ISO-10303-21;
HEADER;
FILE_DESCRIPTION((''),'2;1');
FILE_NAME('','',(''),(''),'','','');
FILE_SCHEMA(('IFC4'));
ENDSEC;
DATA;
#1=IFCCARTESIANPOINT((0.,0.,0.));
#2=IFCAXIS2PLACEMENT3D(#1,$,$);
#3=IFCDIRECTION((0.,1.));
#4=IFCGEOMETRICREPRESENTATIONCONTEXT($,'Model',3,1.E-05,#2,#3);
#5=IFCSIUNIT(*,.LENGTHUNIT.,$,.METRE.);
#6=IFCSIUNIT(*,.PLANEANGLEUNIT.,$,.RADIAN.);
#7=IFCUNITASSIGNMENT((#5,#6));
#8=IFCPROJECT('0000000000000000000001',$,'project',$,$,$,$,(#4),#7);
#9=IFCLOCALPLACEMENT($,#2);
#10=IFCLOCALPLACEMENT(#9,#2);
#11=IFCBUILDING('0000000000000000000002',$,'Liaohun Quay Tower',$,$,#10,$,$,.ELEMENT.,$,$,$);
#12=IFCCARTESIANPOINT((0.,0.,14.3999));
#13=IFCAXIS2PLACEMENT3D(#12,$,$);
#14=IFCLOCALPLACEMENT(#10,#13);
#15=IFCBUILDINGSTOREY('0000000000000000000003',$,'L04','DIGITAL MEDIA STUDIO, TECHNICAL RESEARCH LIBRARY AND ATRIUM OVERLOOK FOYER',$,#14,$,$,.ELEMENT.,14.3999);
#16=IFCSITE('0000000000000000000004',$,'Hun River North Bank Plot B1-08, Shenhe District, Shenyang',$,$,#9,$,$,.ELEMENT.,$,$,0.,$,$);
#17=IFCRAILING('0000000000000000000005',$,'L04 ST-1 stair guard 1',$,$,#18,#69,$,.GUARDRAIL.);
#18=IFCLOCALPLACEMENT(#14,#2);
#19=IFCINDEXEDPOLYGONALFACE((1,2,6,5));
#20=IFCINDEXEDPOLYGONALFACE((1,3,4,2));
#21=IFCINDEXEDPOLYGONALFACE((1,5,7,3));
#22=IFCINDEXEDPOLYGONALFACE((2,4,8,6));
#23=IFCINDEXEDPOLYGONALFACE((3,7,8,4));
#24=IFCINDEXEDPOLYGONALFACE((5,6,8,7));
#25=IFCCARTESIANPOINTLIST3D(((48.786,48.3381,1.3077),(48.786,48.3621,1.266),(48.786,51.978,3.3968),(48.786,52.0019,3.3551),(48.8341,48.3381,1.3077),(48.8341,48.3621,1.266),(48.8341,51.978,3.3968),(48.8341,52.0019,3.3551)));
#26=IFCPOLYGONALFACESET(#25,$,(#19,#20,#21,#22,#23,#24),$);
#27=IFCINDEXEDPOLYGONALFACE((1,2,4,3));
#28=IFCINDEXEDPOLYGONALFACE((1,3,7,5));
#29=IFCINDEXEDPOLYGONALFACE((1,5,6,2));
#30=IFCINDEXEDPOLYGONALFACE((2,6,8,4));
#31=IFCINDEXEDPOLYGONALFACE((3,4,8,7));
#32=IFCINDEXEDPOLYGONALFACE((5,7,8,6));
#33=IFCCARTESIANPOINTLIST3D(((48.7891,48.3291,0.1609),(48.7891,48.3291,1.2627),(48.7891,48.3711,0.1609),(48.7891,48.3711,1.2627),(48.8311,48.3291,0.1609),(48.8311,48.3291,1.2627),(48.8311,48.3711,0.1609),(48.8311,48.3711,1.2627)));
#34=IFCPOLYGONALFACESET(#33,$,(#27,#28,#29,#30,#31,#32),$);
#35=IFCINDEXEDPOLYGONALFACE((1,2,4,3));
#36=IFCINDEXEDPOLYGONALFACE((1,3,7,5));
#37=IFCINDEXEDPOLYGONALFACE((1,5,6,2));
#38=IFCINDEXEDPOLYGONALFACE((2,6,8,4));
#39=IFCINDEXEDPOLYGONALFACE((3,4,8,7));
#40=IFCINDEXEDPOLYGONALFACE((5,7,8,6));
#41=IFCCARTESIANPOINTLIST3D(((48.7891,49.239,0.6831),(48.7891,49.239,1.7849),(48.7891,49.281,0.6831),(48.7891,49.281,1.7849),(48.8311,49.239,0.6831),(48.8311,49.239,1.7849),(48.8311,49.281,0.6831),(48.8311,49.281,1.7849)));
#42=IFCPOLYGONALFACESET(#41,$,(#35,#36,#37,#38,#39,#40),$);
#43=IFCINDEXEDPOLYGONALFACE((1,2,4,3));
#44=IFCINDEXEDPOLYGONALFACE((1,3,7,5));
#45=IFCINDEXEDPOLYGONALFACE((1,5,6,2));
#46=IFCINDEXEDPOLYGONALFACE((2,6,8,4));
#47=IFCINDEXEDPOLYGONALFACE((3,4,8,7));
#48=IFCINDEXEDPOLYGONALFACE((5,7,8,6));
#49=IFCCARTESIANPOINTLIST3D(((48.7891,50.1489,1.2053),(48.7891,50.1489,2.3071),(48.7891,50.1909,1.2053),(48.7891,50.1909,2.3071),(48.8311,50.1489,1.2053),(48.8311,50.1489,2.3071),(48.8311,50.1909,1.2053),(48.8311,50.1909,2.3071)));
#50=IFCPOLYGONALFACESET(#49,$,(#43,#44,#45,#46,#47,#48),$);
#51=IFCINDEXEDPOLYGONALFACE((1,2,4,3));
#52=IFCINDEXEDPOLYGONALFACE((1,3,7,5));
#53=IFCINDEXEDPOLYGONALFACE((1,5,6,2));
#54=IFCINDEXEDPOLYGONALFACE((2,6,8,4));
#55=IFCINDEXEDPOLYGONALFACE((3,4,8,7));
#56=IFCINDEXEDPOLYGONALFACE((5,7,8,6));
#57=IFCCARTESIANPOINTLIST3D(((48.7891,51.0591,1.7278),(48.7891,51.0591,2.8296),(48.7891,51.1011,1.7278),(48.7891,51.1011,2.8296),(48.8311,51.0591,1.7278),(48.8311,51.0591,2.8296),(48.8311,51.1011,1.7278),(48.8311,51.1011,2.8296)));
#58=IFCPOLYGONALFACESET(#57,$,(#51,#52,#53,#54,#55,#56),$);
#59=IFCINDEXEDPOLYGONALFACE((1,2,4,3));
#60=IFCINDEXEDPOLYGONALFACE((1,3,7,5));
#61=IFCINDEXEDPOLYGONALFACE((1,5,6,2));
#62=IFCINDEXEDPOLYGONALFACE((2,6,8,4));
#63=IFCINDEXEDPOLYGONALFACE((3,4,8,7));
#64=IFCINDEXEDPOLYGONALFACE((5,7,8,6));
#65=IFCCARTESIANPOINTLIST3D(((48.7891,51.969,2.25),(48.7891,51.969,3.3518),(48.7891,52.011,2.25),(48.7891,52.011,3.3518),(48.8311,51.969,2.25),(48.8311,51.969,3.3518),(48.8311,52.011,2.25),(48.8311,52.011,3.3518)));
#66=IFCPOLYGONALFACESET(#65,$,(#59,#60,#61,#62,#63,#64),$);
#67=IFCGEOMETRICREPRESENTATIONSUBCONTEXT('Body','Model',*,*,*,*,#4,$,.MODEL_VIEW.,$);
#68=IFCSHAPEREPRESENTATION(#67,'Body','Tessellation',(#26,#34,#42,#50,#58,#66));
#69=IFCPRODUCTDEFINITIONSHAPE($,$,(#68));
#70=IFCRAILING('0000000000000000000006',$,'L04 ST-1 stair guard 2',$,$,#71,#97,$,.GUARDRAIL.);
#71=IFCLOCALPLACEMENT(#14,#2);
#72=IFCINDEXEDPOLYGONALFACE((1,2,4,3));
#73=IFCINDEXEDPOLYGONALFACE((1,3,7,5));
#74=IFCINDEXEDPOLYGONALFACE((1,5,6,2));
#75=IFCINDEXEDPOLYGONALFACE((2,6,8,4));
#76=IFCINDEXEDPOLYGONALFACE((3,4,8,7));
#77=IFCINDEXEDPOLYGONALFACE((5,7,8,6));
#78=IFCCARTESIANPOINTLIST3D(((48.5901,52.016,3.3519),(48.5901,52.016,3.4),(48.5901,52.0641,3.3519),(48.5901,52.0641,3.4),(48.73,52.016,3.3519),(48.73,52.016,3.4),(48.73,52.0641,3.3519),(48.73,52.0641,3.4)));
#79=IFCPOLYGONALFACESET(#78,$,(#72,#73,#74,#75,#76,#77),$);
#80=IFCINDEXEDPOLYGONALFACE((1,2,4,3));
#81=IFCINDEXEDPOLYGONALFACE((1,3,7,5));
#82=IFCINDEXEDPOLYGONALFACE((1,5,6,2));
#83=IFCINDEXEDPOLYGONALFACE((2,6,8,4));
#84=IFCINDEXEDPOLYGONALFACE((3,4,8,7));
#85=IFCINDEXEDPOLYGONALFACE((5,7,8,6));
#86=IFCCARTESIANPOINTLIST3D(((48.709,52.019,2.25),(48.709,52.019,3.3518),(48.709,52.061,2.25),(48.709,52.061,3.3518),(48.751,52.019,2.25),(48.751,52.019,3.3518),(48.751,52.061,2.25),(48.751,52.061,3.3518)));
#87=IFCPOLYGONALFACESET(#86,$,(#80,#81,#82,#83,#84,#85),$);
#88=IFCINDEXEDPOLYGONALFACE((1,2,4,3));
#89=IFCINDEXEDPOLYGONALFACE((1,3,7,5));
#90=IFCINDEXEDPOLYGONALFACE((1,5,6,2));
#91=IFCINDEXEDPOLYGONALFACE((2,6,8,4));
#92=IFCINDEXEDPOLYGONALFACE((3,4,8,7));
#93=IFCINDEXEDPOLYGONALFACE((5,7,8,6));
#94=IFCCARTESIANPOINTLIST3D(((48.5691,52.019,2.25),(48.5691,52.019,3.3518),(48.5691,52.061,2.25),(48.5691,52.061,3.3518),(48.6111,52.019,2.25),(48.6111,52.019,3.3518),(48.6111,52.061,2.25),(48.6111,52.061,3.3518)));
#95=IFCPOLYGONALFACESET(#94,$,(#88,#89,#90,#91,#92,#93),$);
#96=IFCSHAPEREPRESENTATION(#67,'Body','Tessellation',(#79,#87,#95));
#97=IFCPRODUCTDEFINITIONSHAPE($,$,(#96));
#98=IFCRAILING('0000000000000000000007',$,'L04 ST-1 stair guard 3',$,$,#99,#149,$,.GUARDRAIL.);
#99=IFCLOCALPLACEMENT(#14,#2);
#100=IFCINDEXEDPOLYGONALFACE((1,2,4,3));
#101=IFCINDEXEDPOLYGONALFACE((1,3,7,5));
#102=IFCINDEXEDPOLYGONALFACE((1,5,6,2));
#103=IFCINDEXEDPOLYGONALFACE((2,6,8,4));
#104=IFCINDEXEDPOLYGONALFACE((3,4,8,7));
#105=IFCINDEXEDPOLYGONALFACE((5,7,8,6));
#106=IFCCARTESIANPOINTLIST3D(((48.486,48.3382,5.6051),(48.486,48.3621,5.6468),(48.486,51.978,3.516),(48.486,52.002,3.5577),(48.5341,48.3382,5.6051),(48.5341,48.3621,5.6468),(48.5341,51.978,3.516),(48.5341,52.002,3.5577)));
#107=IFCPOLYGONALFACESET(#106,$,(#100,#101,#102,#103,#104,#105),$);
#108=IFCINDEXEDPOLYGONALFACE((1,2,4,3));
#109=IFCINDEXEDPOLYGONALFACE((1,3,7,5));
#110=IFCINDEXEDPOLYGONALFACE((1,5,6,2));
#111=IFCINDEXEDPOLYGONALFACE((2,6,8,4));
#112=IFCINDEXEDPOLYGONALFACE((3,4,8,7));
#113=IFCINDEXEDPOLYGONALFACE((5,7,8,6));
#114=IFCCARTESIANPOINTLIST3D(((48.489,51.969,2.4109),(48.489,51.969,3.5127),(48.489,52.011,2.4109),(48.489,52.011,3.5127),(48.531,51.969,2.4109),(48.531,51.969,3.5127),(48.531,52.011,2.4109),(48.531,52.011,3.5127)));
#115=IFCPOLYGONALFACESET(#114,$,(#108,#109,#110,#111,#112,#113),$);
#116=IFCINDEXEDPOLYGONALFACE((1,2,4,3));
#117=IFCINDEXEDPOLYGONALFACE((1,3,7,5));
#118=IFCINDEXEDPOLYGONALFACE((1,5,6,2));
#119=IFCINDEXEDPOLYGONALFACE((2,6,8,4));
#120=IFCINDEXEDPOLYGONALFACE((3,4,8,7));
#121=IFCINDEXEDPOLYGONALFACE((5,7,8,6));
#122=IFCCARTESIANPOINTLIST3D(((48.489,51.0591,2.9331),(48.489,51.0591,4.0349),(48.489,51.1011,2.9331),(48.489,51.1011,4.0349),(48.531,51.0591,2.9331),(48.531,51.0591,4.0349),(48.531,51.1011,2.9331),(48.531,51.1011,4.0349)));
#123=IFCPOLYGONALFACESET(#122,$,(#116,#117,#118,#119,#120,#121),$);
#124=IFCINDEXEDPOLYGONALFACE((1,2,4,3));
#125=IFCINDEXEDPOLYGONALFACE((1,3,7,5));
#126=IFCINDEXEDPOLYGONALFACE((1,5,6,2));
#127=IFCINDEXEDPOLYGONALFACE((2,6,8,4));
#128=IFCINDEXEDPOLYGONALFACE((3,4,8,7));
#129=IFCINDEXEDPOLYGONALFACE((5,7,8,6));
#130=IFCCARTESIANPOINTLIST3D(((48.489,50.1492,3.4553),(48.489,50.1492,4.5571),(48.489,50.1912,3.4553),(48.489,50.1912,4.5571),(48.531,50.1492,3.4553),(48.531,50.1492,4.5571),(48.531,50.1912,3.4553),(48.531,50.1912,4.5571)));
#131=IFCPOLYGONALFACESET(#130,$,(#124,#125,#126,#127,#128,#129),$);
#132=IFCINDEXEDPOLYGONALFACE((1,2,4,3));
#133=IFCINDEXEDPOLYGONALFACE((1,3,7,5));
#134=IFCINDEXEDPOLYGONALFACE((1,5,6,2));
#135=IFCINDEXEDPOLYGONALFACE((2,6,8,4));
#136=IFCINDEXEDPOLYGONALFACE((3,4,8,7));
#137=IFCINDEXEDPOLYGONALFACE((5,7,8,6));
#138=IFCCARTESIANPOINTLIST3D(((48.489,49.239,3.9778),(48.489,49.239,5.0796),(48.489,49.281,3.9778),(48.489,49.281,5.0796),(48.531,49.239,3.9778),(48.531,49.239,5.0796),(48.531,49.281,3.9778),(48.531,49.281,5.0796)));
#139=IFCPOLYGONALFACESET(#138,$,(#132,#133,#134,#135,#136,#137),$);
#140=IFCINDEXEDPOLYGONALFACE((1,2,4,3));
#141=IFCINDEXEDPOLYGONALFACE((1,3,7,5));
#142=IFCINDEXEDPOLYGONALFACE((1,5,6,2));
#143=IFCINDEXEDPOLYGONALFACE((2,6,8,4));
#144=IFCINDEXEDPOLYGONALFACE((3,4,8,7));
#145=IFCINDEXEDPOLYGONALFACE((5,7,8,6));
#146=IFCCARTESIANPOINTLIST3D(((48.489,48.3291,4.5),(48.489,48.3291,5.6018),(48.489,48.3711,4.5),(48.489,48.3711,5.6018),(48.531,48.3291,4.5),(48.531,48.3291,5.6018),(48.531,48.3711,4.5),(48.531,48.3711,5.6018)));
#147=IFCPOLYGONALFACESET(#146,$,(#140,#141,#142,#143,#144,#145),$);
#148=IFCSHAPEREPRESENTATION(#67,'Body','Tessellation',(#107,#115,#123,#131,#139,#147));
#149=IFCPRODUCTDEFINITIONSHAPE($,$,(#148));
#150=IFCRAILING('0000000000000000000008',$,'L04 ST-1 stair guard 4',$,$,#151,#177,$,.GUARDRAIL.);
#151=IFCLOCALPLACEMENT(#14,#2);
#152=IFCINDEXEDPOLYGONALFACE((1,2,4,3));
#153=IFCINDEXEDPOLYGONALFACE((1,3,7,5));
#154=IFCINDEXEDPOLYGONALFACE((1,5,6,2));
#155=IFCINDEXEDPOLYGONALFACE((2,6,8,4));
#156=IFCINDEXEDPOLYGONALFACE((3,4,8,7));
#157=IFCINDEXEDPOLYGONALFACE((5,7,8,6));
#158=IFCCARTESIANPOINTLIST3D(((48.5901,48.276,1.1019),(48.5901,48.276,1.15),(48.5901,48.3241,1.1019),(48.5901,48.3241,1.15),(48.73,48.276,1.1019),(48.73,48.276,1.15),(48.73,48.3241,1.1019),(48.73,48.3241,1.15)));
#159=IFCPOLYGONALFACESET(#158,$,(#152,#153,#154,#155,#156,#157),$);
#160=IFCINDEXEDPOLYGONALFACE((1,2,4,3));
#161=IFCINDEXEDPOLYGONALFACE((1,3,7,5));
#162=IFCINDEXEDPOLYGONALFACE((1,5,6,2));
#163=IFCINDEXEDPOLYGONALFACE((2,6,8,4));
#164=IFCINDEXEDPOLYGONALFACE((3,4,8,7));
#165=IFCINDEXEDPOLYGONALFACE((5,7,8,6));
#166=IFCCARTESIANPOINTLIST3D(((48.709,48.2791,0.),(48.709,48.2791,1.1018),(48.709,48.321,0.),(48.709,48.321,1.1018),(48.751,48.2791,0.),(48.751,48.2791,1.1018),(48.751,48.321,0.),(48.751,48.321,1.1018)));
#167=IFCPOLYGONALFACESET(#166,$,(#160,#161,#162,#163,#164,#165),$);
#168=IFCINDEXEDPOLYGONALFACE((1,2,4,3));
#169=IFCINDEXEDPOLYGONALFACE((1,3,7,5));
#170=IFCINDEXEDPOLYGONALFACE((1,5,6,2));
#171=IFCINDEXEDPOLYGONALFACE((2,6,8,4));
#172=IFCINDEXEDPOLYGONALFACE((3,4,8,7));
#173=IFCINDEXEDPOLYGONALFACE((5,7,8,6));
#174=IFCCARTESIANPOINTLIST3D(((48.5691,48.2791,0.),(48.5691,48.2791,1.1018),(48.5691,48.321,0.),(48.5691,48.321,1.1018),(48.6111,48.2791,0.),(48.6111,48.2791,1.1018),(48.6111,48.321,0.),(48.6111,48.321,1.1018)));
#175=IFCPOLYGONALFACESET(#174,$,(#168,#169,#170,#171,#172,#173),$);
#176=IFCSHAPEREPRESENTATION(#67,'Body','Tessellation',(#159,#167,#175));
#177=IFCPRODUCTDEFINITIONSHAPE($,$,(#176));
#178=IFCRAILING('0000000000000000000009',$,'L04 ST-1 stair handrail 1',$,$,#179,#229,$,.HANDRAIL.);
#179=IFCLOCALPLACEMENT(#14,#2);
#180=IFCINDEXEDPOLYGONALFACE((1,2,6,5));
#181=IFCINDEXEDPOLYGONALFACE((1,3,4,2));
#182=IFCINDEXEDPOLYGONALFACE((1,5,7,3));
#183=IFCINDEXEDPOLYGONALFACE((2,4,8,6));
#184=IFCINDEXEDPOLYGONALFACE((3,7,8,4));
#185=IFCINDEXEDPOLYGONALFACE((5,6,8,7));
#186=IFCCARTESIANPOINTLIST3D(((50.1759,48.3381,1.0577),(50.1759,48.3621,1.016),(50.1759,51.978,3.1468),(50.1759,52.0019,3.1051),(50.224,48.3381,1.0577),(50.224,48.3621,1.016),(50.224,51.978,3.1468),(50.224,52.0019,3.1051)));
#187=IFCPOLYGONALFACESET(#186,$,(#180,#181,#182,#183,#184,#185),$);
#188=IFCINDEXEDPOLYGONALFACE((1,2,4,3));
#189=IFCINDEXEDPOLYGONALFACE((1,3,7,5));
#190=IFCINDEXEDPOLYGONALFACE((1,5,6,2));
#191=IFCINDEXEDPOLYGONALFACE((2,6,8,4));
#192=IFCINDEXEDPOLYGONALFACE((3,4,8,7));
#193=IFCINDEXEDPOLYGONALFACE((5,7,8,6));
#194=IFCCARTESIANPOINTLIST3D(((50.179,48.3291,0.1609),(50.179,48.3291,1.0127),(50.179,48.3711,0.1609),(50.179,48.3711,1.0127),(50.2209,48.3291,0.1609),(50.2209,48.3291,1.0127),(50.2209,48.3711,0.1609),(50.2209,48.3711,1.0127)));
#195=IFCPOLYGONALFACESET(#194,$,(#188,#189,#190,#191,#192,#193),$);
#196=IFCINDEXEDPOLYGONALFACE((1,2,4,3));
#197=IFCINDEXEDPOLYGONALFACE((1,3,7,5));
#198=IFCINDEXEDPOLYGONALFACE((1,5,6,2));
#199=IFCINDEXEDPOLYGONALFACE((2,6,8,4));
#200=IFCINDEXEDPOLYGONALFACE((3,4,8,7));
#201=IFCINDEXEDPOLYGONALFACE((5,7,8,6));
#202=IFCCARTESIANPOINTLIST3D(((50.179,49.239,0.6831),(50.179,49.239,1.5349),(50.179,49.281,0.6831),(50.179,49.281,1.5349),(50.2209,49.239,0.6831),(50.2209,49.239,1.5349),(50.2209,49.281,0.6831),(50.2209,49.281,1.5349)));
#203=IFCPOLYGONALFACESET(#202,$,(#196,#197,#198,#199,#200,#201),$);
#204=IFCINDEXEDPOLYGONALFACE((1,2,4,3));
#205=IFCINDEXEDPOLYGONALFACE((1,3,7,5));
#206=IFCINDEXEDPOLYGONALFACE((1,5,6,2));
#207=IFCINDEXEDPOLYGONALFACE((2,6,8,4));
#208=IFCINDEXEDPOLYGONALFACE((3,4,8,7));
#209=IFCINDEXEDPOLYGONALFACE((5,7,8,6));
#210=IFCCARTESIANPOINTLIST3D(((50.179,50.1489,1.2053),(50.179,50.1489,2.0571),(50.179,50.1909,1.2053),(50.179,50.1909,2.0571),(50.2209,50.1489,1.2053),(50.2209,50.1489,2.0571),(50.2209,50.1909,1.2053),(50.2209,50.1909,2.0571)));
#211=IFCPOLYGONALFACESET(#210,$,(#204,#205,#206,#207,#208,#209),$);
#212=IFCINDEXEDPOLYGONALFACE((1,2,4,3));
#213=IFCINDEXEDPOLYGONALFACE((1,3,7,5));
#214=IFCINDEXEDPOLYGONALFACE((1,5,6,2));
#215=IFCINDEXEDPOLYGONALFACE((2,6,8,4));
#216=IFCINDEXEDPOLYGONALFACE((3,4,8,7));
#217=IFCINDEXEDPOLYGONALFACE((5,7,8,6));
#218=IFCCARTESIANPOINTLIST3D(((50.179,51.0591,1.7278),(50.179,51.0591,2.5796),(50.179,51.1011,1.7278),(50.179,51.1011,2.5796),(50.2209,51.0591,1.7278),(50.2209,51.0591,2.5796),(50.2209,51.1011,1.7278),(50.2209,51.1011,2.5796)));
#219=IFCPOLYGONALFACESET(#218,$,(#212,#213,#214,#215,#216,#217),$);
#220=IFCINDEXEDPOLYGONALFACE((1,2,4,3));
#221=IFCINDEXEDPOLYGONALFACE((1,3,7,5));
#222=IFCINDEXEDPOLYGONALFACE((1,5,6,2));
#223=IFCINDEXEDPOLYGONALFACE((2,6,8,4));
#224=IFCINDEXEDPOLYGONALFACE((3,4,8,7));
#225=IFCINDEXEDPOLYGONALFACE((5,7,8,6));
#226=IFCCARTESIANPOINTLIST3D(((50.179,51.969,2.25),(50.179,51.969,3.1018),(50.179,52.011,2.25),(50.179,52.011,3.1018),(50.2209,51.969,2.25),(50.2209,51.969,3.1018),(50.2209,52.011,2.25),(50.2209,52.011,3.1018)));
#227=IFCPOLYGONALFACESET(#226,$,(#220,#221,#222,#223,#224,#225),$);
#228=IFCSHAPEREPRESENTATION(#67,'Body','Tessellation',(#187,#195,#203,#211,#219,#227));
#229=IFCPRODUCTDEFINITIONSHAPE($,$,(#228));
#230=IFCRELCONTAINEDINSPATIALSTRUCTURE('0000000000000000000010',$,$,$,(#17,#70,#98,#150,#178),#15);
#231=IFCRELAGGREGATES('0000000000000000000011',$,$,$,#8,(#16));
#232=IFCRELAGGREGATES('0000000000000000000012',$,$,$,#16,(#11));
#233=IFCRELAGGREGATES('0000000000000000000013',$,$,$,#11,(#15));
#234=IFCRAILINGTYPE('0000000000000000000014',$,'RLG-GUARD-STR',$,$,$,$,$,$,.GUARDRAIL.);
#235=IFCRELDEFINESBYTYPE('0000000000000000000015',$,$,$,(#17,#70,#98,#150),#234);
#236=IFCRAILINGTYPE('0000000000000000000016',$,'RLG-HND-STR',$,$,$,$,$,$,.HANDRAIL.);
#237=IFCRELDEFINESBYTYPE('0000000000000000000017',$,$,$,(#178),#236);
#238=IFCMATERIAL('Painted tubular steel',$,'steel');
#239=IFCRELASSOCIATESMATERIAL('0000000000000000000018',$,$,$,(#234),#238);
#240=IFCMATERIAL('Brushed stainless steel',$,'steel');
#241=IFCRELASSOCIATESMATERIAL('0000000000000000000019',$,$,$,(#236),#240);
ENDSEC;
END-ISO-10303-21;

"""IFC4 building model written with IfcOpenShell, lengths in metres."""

from ifc_helpers import new_model, si_unit, direction, frame, origin, origin_2d, place, context, subcontext, project, spatial, rectangle, extrude, material, type_object, element, save


model = new_model("IFC4")

# Units and contexts
model_context = context("Model", 3, precision=1e-05, world=origin(), true_north=direction((0.0, 1.0)))
body_context = subcontext(model_context, "Body", "Model", "MODEL_VIEW")
ifc_project = project(units=[si_unit("LENGTHUNIT", "METRE"), si_unit("PLANEANGLEUNIT", "RADIAN")], contexts=[model_context])

# Site, building, storey
site_placement = place(None, origin())
site = spatial("IfcSite", under=ifc_project, at=site_placement, Name="Hun River North Bank Plot B1-08, Shenhe District, Shenyang", CompositionType="ELEMENT", RefElevation=0.0)
building_placement = place(site_placement, origin())
building = spatial("IfcBuilding", under=site, at=building_placement, Name="Liaohun Quay Tower", CompositionType="ELEMENT")
storey_placement = place(building_placement, frame((0.0, 0.0, 14.3999)))
storey = spatial("IfcBuildingStorey", under=building, at=storey_placement, Name="L04", Description="DIGITAL MEDIA STUDIO, TECHNICAL RESEARCH LIBRARY AND ATRIUM OVERLOOK FOYER", CompositionType="ELEMENT", Elevation=14.3999)

# Railings
ifc_material_1 = material(Name="Painted tubular steel", Category="steel")
railing_type_1 = type_object("IfcRailingType", Name="RLG-GUARD-STR", PredefinedType="GUARDRAIL", material=ifc_material_1)
railing_1_placement = place(storey_placement, frame((48.8101, 48.3501, 0.1609)))
element("IfcRailing", 1, at=railing_1_placement, inside=storey, type_object=railing_type_1, Name="L04 ST-1 stair guard 1", PredefinedType="GUARDRAIL", context=body_context, shape_type="SweptSolid", body=[
    extrude(rectangle(XDim=0.0481, YDim=0.0481, at=origin_2d()), frame((0.0, 0.0, 1.126), z_axis=(0.0, 0.8673, 0.497786), x_axis=(-1.0, 0.0, 0.0)), (0.0, 0.0, 1.0), 4.1968),
    extrude(rectangle(XDim=0.042, YDim=0.042, at=origin_2d()), origin(), (0.0, 0.0, 1.0), 1.1018),
    extrude(rectangle(XDim=0.042, YDim=0.042, at=origin_2d()), frame((0.0, 0.9099, 0.5222)), (0.0, 0.0, 1.0), 1.1018),
    extrude(rectangle(XDim=0.042, YDim=0.042, at=origin_2d()), frame((0.0, 1.8198, 1.0444)), (0.0, 0.0, 1.0), 1.1018),
    extrude(rectangle(XDim=0.042, YDim=0.042, at=origin_2d()), frame((0.0, 2.73, 1.5669)), (0.0, 0.0, 1.0), 1.1018),
    extrude(rectangle(XDim=0.042, YDim=0.042, at=origin_2d()), frame((0.0, 3.6399, 2.0891)), (0.0, 0.0, 1.0), 1.1018),
])
railing_2_placement = place(storey_placement, frame((48.73, 52.04, 2.25)))
element("IfcRailing", 2, at=railing_2_placement, inside=storey, type_object=railing_type_1, Name="L04 ST-1 stair guard 2", PredefinedType="GUARDRAIL", context=body_context, shape_type="SweptSolid", body=[
    extrude(rectangle(XDim=0.0481, YDim=0.0481, at=origin_2d()), frame((0.0, 0.0, 1.126), z_axis=(-1.0, 0.0, 0.0), x_axis=(0.0, -1.0, 0.0)), (0.0, 0.0, 1.0), 0.1399),
    extrude(rectangle(XDim=0.042, YDim=0.042, at=origin_2d()), origin(), (0.0, 0.0, 1.0), 1.1018),
    extrude(rectangle(XDim=0.042, YDim=0.042, at=origin_2d()), frame((-0.1399, 0.0, 0.0)), (0.0, 0.0, 1.0), 1.1018),
])
railing_3_placement = place(storey_placement, frame((48.51, 51.99, 2.4109)))
element("IfcRailing", 3, at=railing_3_placement, inside=storey, type_object=railing_type_1, Name="L04 ST-1 stair guard 3", PredefinedType="GUARDRAIL", context=body_context, shape_type="SweptSolid", body=[
    extrude(rectangle(XDim=0.0481, YDim=0.0481, at=origin_2d()), frame((0.0, 0.0, 1.126), z_axis=(0.0, -0.8673, 0.497786), x_axis=(1.0, 0.0, 0.0)), (0.0, 0.0, 1.0), 4.1968),
    extrude(rectangle(XDim=0.042, YDim=0.042, at=origin_2d()), origin(), (0.0, 0.0, 1.0), 1.1018),
    extrude(rectangle(XDim=0.042, YDim=0.042, at=origin_2d()), frame((0.0, -0.9099, 0.5222)), (0.0, 0.0, 1.0), 1.1018),
    extrude(rectangle(XDim=0.042, YDim=0.042, at=origin_2d()), frame((0.0, -1.8198, 1.0444)), (0.0, 0.0, 1.0), 1.1018),
    extrude(rectangle(XDim=0.042, YDim=0.042, at=origin_2d()), frame((0.0, -2.73, 1.5669)), (0.0, 0.0, 1.0), 1.1018),
    extrude(rectangle(XDim=0.042, YDim=0.042, at=origin_2d()), frame((0.0, -3.6399, 2.0891)), (0.0, 0.0, 1.0), 1.1018),
])
railing_4_placement = place(storey_placement, frame((48.73, 48.3, 0.0)))
element("IfcRailing", 4, at=railing_4_placement, inside=storey, type_object=railing_type_1, Name="L04 ST-1 stair guard 4", PredefinedType="GUARDRAIL", context=body_context, shape_type="SweptSolid", body=[
    extrude(rectangle(XDim=0.0481, YDim=0.0481, at=origin_2d()), frame((0.0, 0.0, 1.126), z_axis=(-1.0, 0.0, 0.0), x_axis=(0.0, -1.0, 0.0)), (0.0, 0.0, 1.0), 0.1399),
    extrude(rectangle(XDim=0.042, YDim=0.042, at=origin_2d()), origin(), (0.0, 0.0, 1.0), 1.1018),
    extrude(rectangle(XDim=0.042, YDim=0.042, at=origin_2d()), frame((-0.1399, 0.0, 0.0)), (0.0, 0.0, 1.0), 1.1018),
])
ifc_material_2 = material(Name="Brushed stainless steel", Category="steel")
railing_type_2 = type_object("IfcRailingType", Name="RLG-HND-STR", PredefinedType="HANDRAIL", material=ifc_material_2)
railing_5_placement = place(storey_placement, frame((50.2, 48.3501, 0.1609)))
element("IfcRailing", 5, at=railing_5_placement, inside=storey, type_object=railing_type_2, Name="L04 ST-1 stair handrail 1", PredefinedType="HANDRAIL", context=body_context, shape_type="SweptSolid", body=[
    extrude(rectangle(XDim=0.0481, YDim=0.0481, at=origin_2d()), frame((0.0, 0.0, 0.876), z_axis=(0.0, 0.8673, 0.497786), x_axis=(-1.0, 0.0, 0.0)), (0.0, 0.0, 1.0), 4.1968),
    extrude(rectangle(XDim=0.042, YDim=0.042, at=origin_2d()), origin(), (0.0, 0.0, 1.0), 0.8518),
    extrude(rectangle(XDim=0.042, YDim=0.042, at=origin_2d()), frame((0.0, 0.9099, 0.5222)), (0.0, 0.0, 1.0), 0.8518),
    extrude(rectangle(XDim=0.042, YDim=0.042, at=origin_2d()), frame((0.0, 1.8198, 1.0444)), (0.0, 0.0, 1.0), 0.8518),
    extrude(rectangle(XDim=0.042, YDim=0.042, at=origin_2d()), frame((0.0, 2.73, 1.5669)), (0.0, 0.0, 1.0), 0.8518),
    extrude(rectangle(XDim=0.042, YDim=0.042, at=origin_2d()), frame((0.0, 3.6399, 2.0891)), (0.0, 0.0, 1.0), 0.8518),
])

save(model, "model.ifc")
